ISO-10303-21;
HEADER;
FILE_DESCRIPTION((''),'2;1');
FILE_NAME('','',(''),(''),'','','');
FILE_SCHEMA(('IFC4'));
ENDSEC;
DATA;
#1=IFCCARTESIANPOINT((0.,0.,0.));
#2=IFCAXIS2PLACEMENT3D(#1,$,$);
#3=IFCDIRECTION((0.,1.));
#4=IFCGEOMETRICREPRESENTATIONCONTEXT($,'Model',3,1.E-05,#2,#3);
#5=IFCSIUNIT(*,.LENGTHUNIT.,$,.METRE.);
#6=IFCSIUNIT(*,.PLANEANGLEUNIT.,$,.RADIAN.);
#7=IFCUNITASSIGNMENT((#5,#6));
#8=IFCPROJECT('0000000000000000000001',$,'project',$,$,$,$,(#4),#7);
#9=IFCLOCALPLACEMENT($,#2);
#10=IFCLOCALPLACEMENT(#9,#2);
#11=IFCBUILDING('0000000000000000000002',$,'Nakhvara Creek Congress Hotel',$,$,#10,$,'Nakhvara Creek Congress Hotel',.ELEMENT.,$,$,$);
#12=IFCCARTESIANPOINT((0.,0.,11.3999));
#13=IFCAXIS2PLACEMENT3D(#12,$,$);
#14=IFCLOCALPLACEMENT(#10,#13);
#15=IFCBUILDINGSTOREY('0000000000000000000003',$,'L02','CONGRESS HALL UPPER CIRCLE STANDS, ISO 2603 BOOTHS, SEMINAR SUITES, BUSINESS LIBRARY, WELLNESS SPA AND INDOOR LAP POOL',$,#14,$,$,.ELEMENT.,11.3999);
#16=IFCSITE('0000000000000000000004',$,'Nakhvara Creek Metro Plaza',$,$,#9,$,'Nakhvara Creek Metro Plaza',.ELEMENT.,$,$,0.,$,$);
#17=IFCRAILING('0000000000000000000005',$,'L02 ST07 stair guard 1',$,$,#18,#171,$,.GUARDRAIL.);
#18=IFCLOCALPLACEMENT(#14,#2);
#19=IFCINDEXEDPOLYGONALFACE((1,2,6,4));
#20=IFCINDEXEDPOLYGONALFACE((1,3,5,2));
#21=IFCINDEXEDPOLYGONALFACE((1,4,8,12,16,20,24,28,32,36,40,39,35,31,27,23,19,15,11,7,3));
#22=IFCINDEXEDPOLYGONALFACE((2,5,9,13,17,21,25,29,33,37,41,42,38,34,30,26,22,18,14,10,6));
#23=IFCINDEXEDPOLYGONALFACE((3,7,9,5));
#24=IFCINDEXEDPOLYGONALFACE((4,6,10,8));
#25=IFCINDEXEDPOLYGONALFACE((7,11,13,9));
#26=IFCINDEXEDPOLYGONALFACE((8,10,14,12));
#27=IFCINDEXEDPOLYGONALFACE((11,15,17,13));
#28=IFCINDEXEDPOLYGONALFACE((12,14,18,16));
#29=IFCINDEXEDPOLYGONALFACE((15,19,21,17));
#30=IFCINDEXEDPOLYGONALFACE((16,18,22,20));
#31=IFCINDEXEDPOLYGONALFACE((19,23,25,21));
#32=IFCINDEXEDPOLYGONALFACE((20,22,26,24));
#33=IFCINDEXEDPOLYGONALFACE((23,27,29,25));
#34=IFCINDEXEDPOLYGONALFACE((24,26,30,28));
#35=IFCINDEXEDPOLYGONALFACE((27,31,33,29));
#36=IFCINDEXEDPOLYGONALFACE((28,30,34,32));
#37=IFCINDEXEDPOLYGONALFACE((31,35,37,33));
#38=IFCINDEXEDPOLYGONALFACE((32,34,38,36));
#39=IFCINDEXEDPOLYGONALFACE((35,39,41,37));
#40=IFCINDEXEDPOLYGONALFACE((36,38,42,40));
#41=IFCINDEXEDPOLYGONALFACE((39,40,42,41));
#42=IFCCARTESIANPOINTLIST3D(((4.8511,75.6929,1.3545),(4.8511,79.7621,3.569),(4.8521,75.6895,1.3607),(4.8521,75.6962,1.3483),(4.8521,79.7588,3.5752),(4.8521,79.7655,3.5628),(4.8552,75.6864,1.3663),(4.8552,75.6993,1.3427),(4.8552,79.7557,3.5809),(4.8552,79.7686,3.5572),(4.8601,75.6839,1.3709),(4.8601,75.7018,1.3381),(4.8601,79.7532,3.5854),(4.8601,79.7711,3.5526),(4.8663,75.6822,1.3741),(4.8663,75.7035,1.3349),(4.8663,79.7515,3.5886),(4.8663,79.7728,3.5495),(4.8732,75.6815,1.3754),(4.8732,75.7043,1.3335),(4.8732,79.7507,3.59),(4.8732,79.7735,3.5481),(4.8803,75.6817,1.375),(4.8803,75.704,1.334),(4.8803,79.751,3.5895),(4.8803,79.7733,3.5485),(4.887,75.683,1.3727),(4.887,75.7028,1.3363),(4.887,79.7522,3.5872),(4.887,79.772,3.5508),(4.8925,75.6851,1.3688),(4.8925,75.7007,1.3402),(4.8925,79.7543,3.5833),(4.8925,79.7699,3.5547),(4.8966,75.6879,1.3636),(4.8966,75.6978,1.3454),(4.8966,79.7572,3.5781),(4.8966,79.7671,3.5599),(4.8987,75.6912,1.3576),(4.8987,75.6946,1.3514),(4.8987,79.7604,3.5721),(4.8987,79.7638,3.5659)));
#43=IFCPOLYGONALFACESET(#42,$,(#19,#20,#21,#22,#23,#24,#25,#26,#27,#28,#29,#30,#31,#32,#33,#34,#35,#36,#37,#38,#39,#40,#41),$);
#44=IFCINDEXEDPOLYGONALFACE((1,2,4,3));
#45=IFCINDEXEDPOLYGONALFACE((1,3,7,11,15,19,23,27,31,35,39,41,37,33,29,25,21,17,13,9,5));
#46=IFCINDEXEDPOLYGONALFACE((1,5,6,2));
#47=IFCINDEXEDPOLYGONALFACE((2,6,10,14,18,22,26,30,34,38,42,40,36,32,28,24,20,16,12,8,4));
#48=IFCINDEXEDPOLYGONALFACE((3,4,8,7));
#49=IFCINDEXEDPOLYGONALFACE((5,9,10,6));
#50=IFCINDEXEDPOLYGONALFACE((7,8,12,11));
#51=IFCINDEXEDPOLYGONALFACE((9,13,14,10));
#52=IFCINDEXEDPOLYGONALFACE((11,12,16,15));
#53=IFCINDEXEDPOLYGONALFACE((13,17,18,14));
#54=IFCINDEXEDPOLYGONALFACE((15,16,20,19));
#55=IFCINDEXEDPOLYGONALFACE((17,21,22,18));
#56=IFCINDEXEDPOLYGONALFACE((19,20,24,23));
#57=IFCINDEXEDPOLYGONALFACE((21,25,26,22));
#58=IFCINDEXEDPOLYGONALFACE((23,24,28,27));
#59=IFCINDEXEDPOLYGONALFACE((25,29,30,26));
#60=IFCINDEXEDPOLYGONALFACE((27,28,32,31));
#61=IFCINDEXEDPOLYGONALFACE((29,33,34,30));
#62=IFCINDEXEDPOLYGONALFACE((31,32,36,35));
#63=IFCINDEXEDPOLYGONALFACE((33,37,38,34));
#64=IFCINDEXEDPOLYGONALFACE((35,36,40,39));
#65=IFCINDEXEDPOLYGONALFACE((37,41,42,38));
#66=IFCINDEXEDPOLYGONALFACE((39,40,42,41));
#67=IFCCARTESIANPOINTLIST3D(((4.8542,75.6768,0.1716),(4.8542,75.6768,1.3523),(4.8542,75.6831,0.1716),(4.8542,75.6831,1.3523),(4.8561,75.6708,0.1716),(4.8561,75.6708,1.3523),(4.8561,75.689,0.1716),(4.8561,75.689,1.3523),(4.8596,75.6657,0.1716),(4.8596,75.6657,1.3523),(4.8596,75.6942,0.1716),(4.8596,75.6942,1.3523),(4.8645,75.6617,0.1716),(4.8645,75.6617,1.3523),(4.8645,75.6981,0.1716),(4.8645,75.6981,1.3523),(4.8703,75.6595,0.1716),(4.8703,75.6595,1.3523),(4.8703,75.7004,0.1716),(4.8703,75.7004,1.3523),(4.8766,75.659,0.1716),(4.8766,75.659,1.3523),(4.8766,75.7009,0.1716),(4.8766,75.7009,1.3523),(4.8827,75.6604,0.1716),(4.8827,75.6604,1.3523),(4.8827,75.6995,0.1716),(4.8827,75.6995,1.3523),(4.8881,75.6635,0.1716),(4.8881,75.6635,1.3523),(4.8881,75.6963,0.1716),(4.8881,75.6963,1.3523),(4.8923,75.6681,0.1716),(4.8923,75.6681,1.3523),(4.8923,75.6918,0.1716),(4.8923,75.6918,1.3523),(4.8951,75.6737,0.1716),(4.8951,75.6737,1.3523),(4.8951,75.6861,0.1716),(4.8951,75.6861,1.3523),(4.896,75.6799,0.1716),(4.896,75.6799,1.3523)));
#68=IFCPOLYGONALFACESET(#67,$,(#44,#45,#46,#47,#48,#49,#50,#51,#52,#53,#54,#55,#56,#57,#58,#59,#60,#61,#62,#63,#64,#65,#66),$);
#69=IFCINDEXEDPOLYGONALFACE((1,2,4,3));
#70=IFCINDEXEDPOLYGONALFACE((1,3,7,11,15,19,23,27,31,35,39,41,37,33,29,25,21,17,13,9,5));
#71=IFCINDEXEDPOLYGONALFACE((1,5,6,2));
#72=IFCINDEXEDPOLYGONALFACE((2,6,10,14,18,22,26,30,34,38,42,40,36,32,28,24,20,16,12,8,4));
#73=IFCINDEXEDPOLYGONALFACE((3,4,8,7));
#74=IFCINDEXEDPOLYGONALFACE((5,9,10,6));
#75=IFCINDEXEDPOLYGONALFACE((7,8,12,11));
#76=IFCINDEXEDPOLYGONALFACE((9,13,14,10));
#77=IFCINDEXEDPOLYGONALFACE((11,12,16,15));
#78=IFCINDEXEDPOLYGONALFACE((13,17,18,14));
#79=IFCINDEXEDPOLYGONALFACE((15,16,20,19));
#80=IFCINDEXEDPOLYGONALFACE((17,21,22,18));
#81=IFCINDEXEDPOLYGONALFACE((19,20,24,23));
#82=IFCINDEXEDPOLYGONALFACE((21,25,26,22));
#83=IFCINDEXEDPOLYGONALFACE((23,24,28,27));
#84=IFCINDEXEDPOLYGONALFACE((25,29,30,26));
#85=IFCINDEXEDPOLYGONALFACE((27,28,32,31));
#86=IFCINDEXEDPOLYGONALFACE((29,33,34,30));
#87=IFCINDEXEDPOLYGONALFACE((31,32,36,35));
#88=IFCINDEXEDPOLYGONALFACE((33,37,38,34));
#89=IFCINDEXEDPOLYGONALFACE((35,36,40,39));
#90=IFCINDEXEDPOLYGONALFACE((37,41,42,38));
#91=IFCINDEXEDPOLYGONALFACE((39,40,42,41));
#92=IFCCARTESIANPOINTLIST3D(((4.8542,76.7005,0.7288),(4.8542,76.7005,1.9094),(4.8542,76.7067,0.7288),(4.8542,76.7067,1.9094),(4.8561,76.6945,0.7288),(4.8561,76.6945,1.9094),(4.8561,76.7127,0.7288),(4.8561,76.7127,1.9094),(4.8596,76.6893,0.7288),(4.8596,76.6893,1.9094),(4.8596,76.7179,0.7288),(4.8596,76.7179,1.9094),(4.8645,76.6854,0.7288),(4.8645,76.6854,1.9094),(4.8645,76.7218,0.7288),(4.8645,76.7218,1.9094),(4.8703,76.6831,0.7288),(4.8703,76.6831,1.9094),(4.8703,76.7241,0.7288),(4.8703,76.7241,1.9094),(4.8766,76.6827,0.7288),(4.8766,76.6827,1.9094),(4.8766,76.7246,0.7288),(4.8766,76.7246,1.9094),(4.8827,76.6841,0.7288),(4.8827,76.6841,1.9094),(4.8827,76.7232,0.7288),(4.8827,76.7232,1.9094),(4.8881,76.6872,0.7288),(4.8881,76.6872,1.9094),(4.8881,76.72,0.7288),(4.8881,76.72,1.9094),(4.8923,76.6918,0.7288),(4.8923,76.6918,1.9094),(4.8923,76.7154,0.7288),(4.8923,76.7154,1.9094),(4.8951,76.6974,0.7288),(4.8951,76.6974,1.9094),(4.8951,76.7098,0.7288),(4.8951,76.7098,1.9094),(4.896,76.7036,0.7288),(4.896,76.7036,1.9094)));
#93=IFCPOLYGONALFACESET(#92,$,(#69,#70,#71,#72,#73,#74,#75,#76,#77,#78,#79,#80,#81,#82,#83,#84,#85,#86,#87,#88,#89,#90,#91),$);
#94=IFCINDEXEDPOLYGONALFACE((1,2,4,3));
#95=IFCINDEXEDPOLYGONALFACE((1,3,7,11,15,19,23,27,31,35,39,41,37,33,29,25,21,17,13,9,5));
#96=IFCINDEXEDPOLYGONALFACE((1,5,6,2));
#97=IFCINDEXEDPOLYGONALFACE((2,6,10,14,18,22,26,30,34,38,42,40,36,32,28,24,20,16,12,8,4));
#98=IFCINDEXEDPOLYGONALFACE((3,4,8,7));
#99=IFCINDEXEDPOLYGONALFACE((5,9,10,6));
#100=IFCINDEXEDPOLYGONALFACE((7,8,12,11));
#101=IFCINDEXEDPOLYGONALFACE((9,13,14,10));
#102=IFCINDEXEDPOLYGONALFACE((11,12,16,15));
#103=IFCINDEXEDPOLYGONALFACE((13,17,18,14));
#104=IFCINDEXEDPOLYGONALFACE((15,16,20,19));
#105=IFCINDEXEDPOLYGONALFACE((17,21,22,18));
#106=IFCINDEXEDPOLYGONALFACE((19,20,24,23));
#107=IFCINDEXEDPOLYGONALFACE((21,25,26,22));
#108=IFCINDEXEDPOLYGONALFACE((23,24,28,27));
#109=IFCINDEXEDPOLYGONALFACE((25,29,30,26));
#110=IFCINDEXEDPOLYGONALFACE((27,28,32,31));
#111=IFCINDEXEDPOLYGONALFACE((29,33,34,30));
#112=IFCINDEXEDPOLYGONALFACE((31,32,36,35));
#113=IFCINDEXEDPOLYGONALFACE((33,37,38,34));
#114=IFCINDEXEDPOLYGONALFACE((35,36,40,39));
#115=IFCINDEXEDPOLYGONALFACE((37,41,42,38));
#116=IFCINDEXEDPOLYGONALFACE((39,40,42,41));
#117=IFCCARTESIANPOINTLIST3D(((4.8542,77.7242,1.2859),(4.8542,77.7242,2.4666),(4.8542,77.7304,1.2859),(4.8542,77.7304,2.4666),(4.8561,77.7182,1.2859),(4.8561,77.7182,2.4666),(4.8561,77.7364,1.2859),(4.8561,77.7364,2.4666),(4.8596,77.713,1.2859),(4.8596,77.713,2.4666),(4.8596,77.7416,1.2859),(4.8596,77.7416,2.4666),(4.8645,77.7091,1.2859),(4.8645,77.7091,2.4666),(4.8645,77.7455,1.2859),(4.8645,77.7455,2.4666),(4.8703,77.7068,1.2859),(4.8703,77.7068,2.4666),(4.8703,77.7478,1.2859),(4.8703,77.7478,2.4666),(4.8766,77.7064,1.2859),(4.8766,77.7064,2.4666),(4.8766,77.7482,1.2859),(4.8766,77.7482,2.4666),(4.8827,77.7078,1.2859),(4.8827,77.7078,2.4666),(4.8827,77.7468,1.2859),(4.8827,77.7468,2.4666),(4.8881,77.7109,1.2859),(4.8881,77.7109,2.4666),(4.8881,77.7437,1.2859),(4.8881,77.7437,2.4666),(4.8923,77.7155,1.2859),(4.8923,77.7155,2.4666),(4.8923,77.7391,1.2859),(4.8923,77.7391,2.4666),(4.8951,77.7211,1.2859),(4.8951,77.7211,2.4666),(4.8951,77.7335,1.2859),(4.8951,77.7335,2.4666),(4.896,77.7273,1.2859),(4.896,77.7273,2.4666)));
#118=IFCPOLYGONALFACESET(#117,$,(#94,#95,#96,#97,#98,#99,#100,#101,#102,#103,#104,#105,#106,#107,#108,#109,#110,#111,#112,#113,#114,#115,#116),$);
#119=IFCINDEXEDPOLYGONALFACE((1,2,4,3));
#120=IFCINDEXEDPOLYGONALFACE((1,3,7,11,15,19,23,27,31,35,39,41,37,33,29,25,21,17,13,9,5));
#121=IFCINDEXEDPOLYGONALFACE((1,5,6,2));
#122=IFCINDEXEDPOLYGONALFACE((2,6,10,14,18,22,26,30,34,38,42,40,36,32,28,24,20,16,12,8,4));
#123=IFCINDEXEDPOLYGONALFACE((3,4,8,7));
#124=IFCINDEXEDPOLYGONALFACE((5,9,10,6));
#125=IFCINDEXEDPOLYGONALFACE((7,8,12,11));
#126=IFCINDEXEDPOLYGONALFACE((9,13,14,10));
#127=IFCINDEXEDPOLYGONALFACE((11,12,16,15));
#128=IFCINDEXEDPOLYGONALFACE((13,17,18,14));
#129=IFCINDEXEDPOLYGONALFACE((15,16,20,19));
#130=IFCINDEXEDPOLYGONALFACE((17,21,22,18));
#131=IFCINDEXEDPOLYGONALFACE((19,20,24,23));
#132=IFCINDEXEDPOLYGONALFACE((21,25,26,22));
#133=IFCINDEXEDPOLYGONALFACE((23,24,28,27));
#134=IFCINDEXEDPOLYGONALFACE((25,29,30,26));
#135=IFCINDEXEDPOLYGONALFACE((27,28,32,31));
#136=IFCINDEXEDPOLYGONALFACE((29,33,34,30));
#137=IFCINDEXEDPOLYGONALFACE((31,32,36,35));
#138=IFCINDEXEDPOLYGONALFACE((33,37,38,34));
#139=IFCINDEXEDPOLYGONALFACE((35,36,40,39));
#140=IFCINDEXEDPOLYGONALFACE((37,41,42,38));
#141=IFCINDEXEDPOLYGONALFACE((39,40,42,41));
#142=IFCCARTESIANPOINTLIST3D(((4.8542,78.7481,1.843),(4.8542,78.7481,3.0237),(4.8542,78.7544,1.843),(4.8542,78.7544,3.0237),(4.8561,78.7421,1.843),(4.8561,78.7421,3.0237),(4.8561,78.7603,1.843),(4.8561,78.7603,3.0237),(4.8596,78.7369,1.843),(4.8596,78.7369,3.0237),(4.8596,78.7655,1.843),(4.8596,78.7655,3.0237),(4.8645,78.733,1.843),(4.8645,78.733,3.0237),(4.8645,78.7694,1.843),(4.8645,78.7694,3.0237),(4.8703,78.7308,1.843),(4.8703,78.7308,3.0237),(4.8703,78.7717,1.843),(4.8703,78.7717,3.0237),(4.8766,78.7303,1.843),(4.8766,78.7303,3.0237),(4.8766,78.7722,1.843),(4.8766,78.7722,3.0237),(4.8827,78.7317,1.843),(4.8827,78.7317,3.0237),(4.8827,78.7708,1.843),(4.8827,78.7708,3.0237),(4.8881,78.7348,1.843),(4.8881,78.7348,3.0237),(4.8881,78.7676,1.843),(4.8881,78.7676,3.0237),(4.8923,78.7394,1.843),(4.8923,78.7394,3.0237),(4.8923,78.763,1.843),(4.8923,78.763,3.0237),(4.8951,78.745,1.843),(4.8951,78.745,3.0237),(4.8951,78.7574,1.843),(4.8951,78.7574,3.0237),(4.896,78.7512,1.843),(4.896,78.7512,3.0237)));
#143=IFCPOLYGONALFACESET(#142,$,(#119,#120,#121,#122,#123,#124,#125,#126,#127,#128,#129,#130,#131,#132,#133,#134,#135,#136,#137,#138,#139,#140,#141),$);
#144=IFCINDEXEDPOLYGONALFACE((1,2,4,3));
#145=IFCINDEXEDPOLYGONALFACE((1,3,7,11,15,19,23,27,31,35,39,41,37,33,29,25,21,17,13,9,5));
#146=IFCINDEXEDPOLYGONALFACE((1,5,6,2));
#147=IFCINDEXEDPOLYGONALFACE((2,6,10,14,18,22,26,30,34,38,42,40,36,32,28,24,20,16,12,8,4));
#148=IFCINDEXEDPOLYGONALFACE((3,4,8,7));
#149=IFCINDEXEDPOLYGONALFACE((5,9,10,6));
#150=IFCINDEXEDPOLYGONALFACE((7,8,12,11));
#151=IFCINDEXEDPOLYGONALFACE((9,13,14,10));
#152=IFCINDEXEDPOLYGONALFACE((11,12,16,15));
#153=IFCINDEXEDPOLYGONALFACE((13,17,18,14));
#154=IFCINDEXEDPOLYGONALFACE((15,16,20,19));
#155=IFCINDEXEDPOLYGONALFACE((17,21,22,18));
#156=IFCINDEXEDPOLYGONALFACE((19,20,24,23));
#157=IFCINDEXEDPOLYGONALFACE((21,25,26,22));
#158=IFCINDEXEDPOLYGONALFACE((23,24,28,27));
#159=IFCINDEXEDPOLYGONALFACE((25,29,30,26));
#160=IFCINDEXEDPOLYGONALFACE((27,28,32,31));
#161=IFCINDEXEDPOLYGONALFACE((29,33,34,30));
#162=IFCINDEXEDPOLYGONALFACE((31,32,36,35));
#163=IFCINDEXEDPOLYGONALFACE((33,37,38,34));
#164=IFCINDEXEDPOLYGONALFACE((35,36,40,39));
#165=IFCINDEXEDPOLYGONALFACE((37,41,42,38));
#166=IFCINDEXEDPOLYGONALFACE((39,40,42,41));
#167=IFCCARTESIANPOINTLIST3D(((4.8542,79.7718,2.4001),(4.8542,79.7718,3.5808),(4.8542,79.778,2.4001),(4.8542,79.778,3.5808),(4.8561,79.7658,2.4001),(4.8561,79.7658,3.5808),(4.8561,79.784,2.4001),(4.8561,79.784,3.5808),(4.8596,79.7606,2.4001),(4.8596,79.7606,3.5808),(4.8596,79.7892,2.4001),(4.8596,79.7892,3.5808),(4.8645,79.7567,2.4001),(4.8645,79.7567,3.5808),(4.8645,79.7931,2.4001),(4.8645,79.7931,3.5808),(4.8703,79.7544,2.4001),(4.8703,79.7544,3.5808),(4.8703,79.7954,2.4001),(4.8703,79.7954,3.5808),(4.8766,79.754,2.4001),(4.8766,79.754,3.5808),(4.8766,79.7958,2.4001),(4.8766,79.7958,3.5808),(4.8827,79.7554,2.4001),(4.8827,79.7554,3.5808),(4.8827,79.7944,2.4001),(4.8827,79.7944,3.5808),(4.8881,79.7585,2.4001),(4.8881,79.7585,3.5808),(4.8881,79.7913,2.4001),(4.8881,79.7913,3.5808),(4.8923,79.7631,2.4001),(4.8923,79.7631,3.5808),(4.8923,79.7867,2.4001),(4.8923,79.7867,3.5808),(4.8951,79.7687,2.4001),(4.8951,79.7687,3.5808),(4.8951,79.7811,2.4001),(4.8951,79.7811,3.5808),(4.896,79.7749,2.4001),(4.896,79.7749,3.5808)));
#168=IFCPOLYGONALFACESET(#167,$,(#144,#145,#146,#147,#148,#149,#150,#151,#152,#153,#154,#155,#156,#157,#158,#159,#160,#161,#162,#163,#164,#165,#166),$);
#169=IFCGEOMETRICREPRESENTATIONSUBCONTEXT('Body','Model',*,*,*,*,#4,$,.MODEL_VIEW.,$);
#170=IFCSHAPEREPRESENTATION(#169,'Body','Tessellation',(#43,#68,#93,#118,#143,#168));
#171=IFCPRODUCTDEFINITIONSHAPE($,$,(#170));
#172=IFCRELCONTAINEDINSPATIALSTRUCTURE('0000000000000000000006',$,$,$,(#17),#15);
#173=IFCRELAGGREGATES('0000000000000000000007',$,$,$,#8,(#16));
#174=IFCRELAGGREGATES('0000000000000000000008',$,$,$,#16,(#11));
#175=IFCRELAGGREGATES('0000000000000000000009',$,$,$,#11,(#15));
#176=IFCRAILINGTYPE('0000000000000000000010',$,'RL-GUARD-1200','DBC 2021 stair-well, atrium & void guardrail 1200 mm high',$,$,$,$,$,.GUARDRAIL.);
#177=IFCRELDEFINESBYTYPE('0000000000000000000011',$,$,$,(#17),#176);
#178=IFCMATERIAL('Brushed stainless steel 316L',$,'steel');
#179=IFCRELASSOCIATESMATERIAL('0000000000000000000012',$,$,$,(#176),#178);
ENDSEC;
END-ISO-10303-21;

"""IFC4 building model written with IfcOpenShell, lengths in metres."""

from ifc_helpers import new_model, si_unit, direction, frame, origin, origin_2d, place, context, subcontext, project, spatial, circle, extrude, material, type_object, element, save


model = new_model("IFC4")

# Units and contexts
model_context = context("Model", 3, precision=1e-05, world=origin(), true_north=direction((0.0, 1.0)))
body_context = subcontext(model_context, "Body", "Model", "MODEL_VIEW")
ifc_project = project(units=[si_unit("LENGTHUNIT", "METRE"), si_unit("PLANEANGLEUNIT", "RADIAN")], contexts=[model_context])

# Site, building, storey
site_placement = place(None, origin())
site = spatial("IfcSite", under=ifc_project, at=site_placement, Name="Nakhvara Creek Metro Plaza", LongName="Nakhvara Creek Metro Plaza", CompositionType="ELEMENT", RefElevation=0.0)
building_placement = place(site_placement, origin())
building = spatial("IfcBuilding", under=site, at=building_placement, Name="Nakhvara Creek Congress Hotel", LongName="Nakhvara Creek Congress Hotel", CompositionType="ELEMENT")
storey_placement = place(building_placement, frame((0.0, 0.0, 11.3999)))
storey = spatial("IfcBuildingStorey", under=building, at=storey_placement, Name="L02", Description="CONGRESS HALL UPPER CIRCLE STANDS, ISO 2603 BOOTHS, SEMINAR SUITES, BUSINESS LIBRARY, WELLNESS SPA AND INDOOR LAP POOL", CompositionType="ELEMENT", Elevation=11.3999)

# Railing
ifc_material_1 = material(Name="Brushed stainless steel 316L", Category="steel")
railing_type_1 = type_object("IfcRailingType", Name="RL-GUARD-1200", Description="DBC 2021 stair-well, atrium & void guardrail 1200 mm high", PredefinedType="GUARDRAIL", material=ifc_material_1)
railing_1_placement = place(storey_placement, frame((4.875, 75.6799, 0.1716)))
element("IfcRailing", 1, at=railing_1_placement, inside=storey, type_object=railing_type_1, Name="L02 ST07 stair guard 1", PredefinedType="GUARDRAIL", context=body_context, shape_type="SweptSolid", body=[
    extrude(circle(Radius=0.0239, at=origin_2d()), frame((0.0, 0.0129, 1.1829), z_axis=(0.0, 0.878355, 0.478008), x_axis=(-1.0, 0.0, 0.0)), (0.0, 0.0, 1.0), 4.6328),
    extrude(circle(Radius=0.021, at=origin_2d()), origin(), (0.0, 0.0, 1.0), 1.1807),
    extrude(circle(Radius=0.021, at=origin_2d()), frame((0.0, 1.0237, 0.5571)), (0.0, 0.0, 1.0), 1.1807),
    extrude(circle(Radius=0.021, at=origin_2d()), frame((0.0, 2.0474, 1.1143)), (0.0, 0.0, 1.0), 1.1807),
    extrude(circle(Radius=0.021, at=origin_2d()), frame((0.0, 3.0713, 1.6714)), (0.0, 0.0, 1.0), 1.1807),
    extrude(circle(Radius=0.021, at=origin_2d()), frame((0.0, 4.095, 2.2285)), (0.0, 0.0, 1.0), 1.1807),
])

save(model, "model.ifc")
